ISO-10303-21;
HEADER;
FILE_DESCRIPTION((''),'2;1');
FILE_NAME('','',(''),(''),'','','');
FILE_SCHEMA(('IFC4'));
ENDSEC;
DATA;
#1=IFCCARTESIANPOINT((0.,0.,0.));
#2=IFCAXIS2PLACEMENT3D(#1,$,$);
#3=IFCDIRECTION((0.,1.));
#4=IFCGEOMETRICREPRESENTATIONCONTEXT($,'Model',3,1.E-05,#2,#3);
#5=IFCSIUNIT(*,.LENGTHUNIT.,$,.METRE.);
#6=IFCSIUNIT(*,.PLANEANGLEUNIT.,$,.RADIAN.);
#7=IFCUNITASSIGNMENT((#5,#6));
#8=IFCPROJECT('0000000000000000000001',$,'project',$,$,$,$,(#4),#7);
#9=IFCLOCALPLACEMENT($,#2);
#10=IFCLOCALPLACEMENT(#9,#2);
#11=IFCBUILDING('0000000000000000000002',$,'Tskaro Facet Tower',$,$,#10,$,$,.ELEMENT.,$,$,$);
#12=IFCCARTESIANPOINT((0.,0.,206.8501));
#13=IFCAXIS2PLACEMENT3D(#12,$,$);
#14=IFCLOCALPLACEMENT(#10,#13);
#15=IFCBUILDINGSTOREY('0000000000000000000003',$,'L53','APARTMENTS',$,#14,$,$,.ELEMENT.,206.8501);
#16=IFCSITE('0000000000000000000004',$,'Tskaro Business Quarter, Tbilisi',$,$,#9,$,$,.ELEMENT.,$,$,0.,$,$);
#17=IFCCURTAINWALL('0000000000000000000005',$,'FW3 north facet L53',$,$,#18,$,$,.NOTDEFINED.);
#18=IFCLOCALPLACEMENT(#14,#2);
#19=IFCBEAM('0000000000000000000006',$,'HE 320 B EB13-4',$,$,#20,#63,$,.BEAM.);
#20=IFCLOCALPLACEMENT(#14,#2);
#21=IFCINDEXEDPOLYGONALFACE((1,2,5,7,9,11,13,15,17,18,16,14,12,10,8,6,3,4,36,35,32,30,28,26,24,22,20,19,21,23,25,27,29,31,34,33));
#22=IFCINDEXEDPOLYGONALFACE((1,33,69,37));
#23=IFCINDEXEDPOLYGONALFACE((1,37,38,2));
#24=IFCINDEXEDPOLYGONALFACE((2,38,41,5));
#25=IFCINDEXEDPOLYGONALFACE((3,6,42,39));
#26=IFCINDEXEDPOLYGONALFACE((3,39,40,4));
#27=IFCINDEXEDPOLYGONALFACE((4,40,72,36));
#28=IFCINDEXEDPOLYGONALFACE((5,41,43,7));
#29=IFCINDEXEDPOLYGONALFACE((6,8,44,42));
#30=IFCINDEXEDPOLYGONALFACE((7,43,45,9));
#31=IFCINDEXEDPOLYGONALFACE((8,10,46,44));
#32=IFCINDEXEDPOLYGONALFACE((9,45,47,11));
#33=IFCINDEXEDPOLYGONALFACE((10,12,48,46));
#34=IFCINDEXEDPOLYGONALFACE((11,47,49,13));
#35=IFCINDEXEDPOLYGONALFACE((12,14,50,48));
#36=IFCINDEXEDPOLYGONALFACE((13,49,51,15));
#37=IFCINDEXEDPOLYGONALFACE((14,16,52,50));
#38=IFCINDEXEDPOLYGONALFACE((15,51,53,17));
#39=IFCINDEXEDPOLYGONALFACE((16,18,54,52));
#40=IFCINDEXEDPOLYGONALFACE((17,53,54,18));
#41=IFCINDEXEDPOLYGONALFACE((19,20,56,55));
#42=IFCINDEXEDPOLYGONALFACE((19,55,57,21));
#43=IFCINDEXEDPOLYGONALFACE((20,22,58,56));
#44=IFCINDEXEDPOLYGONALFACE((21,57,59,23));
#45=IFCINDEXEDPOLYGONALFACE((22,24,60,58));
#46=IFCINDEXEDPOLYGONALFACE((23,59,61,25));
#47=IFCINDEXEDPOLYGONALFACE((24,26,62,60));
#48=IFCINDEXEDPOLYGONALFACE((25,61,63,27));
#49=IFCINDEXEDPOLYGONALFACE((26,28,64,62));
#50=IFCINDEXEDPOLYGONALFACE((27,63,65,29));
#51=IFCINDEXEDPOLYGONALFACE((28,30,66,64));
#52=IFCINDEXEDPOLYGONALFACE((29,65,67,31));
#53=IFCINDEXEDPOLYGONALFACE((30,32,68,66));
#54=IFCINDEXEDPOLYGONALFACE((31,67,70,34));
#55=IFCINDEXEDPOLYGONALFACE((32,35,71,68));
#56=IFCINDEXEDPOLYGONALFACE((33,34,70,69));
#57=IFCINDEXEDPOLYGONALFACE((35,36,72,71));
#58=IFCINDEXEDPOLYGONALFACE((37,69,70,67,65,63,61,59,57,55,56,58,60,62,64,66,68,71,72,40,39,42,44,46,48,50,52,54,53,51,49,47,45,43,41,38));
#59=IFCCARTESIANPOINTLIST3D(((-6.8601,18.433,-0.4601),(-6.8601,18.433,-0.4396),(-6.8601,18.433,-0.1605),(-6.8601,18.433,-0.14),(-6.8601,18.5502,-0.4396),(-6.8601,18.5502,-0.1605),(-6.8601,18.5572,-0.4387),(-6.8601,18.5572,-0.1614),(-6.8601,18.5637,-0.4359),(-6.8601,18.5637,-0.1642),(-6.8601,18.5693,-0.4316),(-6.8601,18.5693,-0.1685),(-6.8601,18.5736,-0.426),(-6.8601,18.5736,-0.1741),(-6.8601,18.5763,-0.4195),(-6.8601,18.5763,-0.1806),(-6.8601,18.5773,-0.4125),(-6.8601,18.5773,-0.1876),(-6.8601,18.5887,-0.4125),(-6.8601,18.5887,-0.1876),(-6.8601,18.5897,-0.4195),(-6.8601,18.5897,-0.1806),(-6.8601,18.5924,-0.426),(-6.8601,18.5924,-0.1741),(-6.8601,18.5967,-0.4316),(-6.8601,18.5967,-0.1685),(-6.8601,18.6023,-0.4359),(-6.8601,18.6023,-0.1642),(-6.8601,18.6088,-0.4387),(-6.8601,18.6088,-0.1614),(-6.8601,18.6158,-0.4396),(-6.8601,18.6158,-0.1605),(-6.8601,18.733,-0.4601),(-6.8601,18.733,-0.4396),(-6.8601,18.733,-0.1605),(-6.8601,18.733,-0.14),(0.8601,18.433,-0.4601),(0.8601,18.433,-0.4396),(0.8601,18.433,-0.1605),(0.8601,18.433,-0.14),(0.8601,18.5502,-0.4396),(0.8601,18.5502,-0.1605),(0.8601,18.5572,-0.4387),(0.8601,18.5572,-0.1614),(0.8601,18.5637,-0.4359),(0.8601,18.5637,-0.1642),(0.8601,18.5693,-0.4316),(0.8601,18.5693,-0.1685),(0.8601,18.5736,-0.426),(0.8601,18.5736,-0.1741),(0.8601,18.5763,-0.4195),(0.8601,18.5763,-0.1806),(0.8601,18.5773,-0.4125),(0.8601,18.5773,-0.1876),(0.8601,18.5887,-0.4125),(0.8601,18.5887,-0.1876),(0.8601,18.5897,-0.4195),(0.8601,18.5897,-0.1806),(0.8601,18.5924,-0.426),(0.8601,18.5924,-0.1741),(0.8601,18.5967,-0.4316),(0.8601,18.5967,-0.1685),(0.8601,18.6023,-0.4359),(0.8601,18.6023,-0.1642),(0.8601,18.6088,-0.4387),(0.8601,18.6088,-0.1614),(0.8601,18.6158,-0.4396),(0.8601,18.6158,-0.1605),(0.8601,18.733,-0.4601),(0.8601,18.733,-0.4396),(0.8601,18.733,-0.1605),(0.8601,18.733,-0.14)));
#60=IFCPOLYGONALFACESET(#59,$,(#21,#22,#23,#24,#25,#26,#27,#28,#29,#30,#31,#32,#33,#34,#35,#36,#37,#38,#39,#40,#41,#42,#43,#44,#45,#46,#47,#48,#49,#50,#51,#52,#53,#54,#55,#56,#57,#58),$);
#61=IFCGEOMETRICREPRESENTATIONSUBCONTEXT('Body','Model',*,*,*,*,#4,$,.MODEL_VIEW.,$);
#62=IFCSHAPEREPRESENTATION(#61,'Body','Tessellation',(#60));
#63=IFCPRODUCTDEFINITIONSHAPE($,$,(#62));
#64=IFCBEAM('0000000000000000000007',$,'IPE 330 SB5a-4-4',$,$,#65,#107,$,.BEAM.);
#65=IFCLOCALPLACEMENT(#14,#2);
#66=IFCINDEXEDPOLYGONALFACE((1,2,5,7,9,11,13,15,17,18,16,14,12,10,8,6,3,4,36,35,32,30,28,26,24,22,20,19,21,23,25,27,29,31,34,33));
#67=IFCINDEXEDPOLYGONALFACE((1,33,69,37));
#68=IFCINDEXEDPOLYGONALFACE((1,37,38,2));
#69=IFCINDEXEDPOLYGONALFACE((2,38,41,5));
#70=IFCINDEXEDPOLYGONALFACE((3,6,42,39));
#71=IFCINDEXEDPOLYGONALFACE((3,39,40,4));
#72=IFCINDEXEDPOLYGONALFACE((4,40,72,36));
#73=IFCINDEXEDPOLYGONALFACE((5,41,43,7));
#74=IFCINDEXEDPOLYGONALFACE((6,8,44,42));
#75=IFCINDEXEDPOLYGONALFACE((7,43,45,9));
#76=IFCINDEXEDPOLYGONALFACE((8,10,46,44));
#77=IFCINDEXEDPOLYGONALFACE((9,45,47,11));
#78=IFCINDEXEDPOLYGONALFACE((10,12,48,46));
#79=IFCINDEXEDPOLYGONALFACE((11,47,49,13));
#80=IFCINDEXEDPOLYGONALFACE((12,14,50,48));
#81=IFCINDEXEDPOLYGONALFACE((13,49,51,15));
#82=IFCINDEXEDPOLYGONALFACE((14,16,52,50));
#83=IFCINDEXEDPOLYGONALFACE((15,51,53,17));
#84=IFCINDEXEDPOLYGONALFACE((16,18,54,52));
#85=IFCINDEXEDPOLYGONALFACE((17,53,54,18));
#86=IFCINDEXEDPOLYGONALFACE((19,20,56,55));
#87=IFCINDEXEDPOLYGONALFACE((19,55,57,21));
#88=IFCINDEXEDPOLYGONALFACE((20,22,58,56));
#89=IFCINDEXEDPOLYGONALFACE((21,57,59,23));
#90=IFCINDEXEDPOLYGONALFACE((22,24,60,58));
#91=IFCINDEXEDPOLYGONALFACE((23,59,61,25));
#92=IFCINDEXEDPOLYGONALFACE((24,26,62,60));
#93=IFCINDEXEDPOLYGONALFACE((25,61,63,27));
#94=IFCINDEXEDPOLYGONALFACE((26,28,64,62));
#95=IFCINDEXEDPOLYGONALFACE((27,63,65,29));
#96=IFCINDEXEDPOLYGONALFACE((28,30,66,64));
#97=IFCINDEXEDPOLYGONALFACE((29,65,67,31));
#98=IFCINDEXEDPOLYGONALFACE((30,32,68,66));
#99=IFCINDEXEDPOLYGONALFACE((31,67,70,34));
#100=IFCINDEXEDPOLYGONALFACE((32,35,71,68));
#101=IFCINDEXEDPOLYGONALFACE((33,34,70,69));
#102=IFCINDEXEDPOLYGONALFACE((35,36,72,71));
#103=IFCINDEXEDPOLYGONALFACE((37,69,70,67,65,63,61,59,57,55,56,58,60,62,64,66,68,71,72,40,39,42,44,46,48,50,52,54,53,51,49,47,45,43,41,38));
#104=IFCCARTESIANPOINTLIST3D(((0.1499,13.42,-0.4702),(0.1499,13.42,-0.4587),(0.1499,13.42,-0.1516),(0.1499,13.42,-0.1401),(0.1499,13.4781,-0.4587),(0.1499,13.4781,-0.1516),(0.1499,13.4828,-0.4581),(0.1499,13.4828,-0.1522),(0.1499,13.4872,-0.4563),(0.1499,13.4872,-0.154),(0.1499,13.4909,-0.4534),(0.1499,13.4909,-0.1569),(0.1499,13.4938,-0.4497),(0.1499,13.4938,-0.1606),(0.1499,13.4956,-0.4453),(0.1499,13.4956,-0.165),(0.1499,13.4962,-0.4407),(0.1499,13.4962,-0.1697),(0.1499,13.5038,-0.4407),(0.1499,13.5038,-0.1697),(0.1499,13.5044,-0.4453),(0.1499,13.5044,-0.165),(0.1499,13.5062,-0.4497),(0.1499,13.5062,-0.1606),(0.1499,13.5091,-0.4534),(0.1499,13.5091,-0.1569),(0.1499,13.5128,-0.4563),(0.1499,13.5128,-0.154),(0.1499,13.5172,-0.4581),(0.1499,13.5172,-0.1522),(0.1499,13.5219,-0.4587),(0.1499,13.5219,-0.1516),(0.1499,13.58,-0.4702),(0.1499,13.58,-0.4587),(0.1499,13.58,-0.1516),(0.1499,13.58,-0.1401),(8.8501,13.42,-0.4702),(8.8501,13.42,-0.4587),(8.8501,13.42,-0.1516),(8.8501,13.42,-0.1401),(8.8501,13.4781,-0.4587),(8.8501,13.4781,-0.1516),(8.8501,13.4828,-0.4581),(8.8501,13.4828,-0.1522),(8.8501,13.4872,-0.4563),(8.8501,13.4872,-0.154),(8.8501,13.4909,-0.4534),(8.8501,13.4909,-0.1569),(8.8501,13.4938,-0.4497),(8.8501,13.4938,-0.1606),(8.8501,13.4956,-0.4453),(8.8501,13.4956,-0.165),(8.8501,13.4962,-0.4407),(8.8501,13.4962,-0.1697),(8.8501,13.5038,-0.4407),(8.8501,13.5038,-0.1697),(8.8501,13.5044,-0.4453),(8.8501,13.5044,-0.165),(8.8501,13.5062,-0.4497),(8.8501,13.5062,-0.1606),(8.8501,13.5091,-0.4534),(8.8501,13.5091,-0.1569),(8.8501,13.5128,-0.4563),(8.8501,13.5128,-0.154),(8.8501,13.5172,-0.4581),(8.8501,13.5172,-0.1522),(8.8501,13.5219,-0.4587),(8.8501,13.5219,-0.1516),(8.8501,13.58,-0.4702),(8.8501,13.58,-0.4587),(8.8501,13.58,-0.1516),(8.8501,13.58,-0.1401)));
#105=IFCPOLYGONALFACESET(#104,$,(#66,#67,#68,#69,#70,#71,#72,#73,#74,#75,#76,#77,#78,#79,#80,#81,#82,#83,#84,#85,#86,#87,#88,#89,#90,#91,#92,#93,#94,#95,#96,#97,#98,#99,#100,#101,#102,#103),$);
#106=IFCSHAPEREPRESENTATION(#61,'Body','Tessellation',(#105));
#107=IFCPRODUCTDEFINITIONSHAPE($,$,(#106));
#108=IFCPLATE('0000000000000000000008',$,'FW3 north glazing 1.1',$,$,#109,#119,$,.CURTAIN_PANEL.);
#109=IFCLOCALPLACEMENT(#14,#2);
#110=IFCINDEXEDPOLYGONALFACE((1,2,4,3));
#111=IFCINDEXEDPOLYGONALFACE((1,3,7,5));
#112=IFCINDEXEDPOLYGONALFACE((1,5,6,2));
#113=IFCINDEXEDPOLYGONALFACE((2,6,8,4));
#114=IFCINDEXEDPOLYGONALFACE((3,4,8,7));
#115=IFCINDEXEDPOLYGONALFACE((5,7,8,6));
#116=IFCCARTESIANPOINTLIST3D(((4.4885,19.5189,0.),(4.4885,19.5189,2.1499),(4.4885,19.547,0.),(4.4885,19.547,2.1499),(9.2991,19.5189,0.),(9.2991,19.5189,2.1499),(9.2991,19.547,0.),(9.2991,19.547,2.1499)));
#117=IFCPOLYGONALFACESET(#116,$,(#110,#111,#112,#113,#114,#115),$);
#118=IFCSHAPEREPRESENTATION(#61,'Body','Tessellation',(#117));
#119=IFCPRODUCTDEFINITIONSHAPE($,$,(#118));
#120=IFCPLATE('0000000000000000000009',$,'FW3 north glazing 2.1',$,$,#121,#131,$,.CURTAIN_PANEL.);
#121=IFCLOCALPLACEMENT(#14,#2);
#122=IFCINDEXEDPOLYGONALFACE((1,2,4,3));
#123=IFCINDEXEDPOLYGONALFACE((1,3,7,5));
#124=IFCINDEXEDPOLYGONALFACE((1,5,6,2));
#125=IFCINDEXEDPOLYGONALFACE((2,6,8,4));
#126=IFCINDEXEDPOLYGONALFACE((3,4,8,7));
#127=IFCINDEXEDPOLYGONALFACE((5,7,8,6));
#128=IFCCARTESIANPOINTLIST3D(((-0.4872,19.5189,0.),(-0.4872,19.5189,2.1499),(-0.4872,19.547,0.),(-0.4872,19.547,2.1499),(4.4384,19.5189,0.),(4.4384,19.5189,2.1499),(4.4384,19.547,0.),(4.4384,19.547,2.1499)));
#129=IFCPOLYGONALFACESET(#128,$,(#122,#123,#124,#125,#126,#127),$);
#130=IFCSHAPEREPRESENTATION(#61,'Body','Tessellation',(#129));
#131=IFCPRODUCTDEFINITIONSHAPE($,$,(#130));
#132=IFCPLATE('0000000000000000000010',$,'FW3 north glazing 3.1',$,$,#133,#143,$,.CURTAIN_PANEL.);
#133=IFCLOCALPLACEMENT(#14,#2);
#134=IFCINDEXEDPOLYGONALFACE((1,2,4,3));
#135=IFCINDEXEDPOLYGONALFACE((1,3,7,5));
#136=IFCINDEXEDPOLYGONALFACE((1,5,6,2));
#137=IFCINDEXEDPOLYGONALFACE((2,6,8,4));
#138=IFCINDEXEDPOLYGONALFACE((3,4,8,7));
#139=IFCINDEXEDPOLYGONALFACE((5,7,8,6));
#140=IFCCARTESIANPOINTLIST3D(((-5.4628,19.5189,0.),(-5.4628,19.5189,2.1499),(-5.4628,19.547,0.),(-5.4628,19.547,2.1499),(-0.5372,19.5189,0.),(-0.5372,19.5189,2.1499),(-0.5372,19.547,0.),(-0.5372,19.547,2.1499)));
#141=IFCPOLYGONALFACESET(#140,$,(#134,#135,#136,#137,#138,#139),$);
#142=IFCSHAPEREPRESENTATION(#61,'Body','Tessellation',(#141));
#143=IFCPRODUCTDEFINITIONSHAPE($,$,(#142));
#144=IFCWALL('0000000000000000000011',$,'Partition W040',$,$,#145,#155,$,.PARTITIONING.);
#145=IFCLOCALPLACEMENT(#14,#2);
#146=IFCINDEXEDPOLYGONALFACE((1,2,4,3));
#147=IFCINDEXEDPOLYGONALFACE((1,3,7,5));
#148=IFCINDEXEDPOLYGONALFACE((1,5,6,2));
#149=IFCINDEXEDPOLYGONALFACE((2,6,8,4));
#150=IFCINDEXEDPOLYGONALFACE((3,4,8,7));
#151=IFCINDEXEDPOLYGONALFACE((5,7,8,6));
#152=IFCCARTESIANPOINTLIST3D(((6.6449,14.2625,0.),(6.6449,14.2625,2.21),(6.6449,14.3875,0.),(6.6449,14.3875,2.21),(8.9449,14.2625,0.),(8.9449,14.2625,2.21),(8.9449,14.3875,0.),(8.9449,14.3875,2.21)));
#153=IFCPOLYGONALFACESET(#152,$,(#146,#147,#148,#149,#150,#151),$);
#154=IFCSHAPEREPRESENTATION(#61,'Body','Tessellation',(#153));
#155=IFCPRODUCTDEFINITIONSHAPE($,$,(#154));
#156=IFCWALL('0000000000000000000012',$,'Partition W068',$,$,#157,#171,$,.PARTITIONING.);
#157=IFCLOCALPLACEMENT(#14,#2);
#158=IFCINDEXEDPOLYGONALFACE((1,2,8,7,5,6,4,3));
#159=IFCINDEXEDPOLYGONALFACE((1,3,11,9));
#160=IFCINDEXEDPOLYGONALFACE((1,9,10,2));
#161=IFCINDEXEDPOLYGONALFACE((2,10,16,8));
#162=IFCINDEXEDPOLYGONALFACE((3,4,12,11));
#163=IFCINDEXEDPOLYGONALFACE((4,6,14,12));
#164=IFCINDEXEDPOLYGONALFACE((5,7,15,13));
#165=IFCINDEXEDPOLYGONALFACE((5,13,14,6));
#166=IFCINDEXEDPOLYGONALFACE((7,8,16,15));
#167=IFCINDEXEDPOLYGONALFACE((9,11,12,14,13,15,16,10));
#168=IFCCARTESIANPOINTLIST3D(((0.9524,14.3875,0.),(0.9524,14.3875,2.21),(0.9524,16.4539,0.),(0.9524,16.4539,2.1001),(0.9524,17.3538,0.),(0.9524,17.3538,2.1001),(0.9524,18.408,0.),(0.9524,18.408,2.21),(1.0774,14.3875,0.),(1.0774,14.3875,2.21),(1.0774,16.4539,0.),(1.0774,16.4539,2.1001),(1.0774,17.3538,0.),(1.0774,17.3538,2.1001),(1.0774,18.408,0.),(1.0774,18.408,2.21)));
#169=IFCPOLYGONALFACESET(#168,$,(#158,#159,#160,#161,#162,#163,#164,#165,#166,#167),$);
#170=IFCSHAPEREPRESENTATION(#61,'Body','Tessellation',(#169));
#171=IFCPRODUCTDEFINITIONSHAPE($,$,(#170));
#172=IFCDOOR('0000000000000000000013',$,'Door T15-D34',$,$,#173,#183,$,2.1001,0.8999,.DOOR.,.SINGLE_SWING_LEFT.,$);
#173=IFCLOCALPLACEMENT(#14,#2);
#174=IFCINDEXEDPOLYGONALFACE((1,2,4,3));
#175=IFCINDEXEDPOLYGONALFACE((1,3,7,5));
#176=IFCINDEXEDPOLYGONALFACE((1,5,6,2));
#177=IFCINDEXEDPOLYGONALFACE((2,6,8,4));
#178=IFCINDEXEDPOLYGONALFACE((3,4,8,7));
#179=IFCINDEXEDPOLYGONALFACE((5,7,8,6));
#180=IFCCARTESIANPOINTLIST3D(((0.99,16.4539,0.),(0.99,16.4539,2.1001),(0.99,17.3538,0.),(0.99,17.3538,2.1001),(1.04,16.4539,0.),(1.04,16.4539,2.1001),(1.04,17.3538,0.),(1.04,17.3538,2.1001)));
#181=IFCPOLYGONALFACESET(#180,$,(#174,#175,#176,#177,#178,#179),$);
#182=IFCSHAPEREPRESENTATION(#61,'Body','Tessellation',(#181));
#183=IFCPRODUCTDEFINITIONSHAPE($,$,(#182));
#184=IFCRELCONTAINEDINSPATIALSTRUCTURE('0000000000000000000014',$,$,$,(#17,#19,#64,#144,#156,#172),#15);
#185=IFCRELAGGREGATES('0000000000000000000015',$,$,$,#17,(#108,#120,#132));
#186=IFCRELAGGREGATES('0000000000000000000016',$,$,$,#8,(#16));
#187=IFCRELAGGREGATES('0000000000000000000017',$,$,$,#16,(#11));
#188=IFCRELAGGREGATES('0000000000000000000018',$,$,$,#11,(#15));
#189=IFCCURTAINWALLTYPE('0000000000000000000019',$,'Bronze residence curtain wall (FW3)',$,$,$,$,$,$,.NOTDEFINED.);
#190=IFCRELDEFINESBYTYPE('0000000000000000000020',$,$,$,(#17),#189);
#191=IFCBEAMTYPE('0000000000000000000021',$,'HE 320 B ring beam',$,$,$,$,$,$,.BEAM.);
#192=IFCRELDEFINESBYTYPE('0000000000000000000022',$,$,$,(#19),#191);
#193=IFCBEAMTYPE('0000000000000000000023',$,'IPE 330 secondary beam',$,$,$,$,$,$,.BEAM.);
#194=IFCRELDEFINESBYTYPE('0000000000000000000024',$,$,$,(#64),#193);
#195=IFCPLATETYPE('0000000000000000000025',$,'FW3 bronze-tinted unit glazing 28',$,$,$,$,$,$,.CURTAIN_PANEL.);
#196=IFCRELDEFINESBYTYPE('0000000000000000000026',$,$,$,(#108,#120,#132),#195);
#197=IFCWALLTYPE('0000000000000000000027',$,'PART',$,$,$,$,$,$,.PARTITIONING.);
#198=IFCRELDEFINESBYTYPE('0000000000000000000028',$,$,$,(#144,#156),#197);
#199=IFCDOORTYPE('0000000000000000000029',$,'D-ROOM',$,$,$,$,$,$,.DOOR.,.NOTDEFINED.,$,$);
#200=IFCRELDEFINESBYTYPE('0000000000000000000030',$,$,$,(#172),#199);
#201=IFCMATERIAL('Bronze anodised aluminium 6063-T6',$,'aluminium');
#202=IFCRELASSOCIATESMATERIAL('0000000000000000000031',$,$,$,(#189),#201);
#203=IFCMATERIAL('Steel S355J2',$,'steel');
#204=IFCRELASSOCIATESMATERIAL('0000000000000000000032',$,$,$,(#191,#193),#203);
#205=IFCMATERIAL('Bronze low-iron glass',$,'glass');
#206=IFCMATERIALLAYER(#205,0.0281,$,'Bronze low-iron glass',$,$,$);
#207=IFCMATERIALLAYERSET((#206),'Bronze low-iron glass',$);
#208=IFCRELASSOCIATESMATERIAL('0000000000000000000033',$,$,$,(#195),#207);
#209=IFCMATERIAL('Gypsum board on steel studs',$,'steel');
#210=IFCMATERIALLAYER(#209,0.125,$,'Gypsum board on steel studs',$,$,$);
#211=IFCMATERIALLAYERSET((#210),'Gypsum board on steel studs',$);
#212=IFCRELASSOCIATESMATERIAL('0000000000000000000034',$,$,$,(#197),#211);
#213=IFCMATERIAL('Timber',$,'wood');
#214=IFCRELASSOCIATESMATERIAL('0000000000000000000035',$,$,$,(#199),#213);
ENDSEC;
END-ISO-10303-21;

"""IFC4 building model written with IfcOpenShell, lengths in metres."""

from ifc_helpers import new_model, si_unit, direction, frame, frame_2d, origin, origin_2d, place, context, subcontext, project, spatial, rectangle, i_section, extrude, material, layer, layer_set, material_profile, profile_set, type_object, element, fill, aggregate, save


model = new_model("IFC4")

# Units and contexts
model_context = context("Model", 3, precision=1e-05, world=origin(), true_north=direction((0.0, 1.0)))
body_context = subcontext(model_context, "Body", "Model", "MODEL_VIEW")
ifc_project = project(units=[si_unit("LENGTHUNIT", "METRE"), si_unit("PLANEANGLEUNIT", "RADIAN")], contexts=[model_context])

# Site, building, storey
site_placement = place(None, origin())
site = spatial("IfcSite", under=ifc_project, at=site_placement, Name="Tskaro Business Quarter, Tbilisi", CompositionType="ELEMENT", RefElevation=0.0)
building_placement = place(site_placement, origin())
building = spatial("IfcBuilding", under=site, at=building_placement, Name="Tskaro Facet Tower", CompositionType="ELEMENT")
storey_placement = place(building_placement, frame((0.0, 0.0, 206.8501)))
storey = spatial("IfcBuildingStorey", under=building, at=storey_placement, Name="L53", Description="APARTMENTS", CompositionType="ELEMENT", Elevation=206.8501)

# Curtain wall
ifc_material_1 = material(Name="Bronze anodised aluminium 6063-T6", Category="aluminium")
curtain_wall_type = type_object("IfcCurtainWallType", Name="Bronze residence curtain wall (FW3)", PredefinedType="NOTDEFINED", material=ifc_material_1)
curtain_wall_placement = place(storey_placement, origin())
curtain_wall = element("IfcCurtainWall", 1, at=curtain_wall_placement, inside=storey, type_object=curtain_wall_type, Name="FW3 north facet L53", PredefinedType="NOTDEFINED")

# Beams
ifc_material_2 = material(Name="Steel S355J2", Category="steel")
ifc_material_profile_1 = material_profile(ifc_material_2, i_section(OverallWidth=0.3, OverallDepth=0.3201, WebThickness=0.0115, FlangeThickness=0.0205, FilletRadius=0.0271, at=origin_2d()), Name="HE 320 B")
ifc_profile_set_1 = profile_set([ifc_material_profile_1], Name="Steel S355J2")
beam_type_1 = type_object("IfcBeamType", Name="HE 320 B ring beam", PredefinedType="BEAM", material=ifc_profile_set_1)
beam_1_placement = place(storey_placement, frame((0.8601, 18.583, -0.3), z_axis=(-1.0, 0.0, 0.0), x_axis=(0.0, -1.0, 0.0)))
element("IfcBeam", 2, at=beam_1_placement, inside=storey, type_object=beam_type_1, Name="HE 320 B EB13-4", PredefinedType="BEAM", context=body_context, shape_type="SweptSolid", body=[
    extrude(i_section(OverallWidth=0.3, OverallDepth=0.3201, WebThickness=0.0115, FlangeThickness=0.0205, FilletRadius=0.0271, at=origin_2d()), origin(), (0.0, 0.0, 1.0), 7.7202),
])
ifc_material_profile_2 = material_profile(ifc_material_2, i_section(OverallWidth=0.1599, OverallDepth=0.3301, WebThickness=0.0076, FlangeThickness=0.0115, FilletRadius=0.0181, at=origin_2d()), Name="IPE 330")
ifc_profile_set_2 = profile_set([ifc_material_profile_2], Name="Steel S355J2")
beam_type_2 = type_object("IfcBeamType", Name="IPE 330 secondary beam", PredefinedType="BEAM", material=ifc_profile_set_2)
beam_2_placement = place(storey_placement, frame((0.1499, 13.5, -0.3052), z_axis=(1.0, 0.0, 0.0), x_axis=(0.0, 1.0, 0.0)))
element("IfcBeam", 3, at=beam_2_placement, inside=storey, type_object=beam_type_2, Name="IPE 330 SB5a-4-4", PredefinedType="BEAM", context=body_context, shape_type="SweptSolid", body=[
    extrude(i_section(OverallWidth=0.1599, OverallDepth=0.3301, WebThickness=0.0076, FlangeThickness=0.0115, FilletRadius=0.0181, at=origin_2d()), origin(), (0.0, 0.0, 1.0), 8.7002),
])

# Plates
ifc_material_3 = material(Name="Bronze low-iron glass", Category="glass")
ifc_layer_1 = layer(ifc_material_3, 0.0281, Name="Bronze low-iron glass")
ifc_layer_set_1 = layer_set([ifc_layer_1], Name="Bronze low-iron glass")
plate_type = type_object("IfcPlateType", Name="FW3 bronze-tinted unit glazing 28", PredefinedType="CURTAIN_PANEL", material=ifc_layer_set_1)
plate_1_placement = place(storey_placement, frame((6.8938, 19.533, 0.0), z_axis=(0.0, 0.0, 1.0), x_axis=(-1.0, 0.0, 0.0)))
plate_1 = element("IfcPlate", 4, at=plate_1_placement, type_object=plate_type, Name="FW3 north glazing 1.1", PredefinedType="CURTAIN_PANEL", context=body_context, shape_type="SweptSolid", body=[
    extrude(rectangle(XDim=4.8105, YDim=0.0281, at=origin_2d()), origin(), (0.0, 0.0, 1.0), 2.1499),
])
plate_2_placement = place(storey_placement, frame((1.9756, 19.533, 0.0), z_axis=(0.0, 0.0, 1.0), x_axis=(-1.0, 0.0, 0.0)))
plate_2 = element("IfcPlate", 5, at=plate_2_placement, type_object=plate_type, Name="FW3 north glazing 2.1", PredefinedType="CURTAIN_PANEL", context=body_context, shape_type="SweptSolid", body=[
    extrude(rectangle(XDim=4.9255, YDim=0.0281, at=origin_2d()), origin(), (0.0, 0.0, 1.0), 2.1499),
])
plate_3_placement = place(storey_placement, frame((-3.0, 19.533, 0.0), z_axis=(0.0, 0.0, 1.0), x_axis=(-1.0, 0.0, 0.0)))
plate_3 = element("IfcPlate", 6, at=plate_3_placement, type_object=plate_type, Name="FW3 north glazing 3.1", PredefinedType="CURTAIN_PANEL", context=body_context, shape_type="SweptSolid", body=[
    extrude(rectangle(XDim=4.9255, YDim=0.0281, at=origin_2d()), origin(), (0.0, 0.0, 1.0), 2.1499),
])
aggregate(curtain_wall, [plate_1, plate_2, plate_3])

# Wall
ifc_material_4 = material(Name="Gypsum board on steel studs", Category="steel")
ifc_layer_2 = layer(ifc_material_4, 0.125, Name="Gypsum board on steel studs")
ifc_layer_set_2 = layer_set([ifc_layer_2], Name="Gypsum board on steel studs")
wall_type_1 = type_object("IfcWallType", Name="PART", PredefinedType="PARTITIONING", material=ifc_layer_set_2)
wall_1_placement = place(storey_placement, frame((6.645, 14.325, 0.0), z_axis=(0.0, 0.0, 1.0), x_axis=(1.0, 0.0, 0.0)))
element("IfcWall", 7, at=wall_1_placement, inside=storey, type_object=wall_type_1, Name="Partition W040", PredefinedType="PARTITIONING", context=body_context, shape_type="SweptSolid", body=[
    extrude(rectangle(XDim=2.3, YDim=0.125, at=frame_2d((1.1499, 0.0))), origin(), (0.0, 0.0, 1.0), 2.21),
])

# Wall, opening, door
wall_2_placement = place(storey_placement, frame((1.0149, 14.3875, 0.0), z_axis=(0.0, 0.0, 1.0), x_axis=(0.0, 1.0, 0.0)))
wall_2 = element("IfcWall", 8, at=wall_2_placement, inside=storey, type_object=wall_type_1, Name="Partition W068", PredefinedType="PARTITIONING", context=body_context, shape_type="SweptSolid", body=[
    extrude(rectangle(XDim=4.0205, YDim=0.125, at=frame_2d((2.0103, 0.0))), origin(), (0.0, 0.0, 1.0), 2.21),
])
opening_1_placement = place(wall_2_placement, frame((2.0664, 0.0, 0.0)))
opening_1 = element("IfcOpeningElement", 9, at=opening_1_placement, cuts=wall_2, PredefinedType="OPENING", context=body_context, shape_type="SweptSolid", body=[
    extrude(rectangle(XDim=0.8999, YDim=2.1001, at=frame_2d((0.45, 1.05))), frame((0.0, 0.0725, 0.0), z_axis=(0.0, -1.0, 0.0), x_axis=(1.0, 0.0, 0.0)), (0.0, 0.0, 1.0), 0.145),
])
ifc_material_5 = material(Name="Timber", Category="wood")
door_type = type_object("IfcDoorType", Name="D-ROOM", OperationType="NOTDEFINED", PredefinedType="DOOR", material=ifc_material_5)
door_1_placement = place(opening_1_placement, origin())
door_1 = element("IfcDoor", 10, at=door_1_placement, inside=storey, type_object=door_type, Name="Door T15-D34", OperationType="SINGLE_SWING_LEFT", OverallHeight=2.1001, OverallWidth=0.8999, PredefinedType="DOOR", context=body_context, shape_type="SweptSolid", body=[
    extrude(rectangle(XDim=0.8999, YDim=2.1001, at=frame_2d((0.45, 1.05))), frame((0.0, 0.0249, 0.0), z_axis=(0.0, -1.0, 0.0), x_axis=(1.0, 0.0, 0.0)), (0.0, 0.0, 1.0), 0.05),
])
fill(opening_1, door_1)

save(model, "model.ifc")
